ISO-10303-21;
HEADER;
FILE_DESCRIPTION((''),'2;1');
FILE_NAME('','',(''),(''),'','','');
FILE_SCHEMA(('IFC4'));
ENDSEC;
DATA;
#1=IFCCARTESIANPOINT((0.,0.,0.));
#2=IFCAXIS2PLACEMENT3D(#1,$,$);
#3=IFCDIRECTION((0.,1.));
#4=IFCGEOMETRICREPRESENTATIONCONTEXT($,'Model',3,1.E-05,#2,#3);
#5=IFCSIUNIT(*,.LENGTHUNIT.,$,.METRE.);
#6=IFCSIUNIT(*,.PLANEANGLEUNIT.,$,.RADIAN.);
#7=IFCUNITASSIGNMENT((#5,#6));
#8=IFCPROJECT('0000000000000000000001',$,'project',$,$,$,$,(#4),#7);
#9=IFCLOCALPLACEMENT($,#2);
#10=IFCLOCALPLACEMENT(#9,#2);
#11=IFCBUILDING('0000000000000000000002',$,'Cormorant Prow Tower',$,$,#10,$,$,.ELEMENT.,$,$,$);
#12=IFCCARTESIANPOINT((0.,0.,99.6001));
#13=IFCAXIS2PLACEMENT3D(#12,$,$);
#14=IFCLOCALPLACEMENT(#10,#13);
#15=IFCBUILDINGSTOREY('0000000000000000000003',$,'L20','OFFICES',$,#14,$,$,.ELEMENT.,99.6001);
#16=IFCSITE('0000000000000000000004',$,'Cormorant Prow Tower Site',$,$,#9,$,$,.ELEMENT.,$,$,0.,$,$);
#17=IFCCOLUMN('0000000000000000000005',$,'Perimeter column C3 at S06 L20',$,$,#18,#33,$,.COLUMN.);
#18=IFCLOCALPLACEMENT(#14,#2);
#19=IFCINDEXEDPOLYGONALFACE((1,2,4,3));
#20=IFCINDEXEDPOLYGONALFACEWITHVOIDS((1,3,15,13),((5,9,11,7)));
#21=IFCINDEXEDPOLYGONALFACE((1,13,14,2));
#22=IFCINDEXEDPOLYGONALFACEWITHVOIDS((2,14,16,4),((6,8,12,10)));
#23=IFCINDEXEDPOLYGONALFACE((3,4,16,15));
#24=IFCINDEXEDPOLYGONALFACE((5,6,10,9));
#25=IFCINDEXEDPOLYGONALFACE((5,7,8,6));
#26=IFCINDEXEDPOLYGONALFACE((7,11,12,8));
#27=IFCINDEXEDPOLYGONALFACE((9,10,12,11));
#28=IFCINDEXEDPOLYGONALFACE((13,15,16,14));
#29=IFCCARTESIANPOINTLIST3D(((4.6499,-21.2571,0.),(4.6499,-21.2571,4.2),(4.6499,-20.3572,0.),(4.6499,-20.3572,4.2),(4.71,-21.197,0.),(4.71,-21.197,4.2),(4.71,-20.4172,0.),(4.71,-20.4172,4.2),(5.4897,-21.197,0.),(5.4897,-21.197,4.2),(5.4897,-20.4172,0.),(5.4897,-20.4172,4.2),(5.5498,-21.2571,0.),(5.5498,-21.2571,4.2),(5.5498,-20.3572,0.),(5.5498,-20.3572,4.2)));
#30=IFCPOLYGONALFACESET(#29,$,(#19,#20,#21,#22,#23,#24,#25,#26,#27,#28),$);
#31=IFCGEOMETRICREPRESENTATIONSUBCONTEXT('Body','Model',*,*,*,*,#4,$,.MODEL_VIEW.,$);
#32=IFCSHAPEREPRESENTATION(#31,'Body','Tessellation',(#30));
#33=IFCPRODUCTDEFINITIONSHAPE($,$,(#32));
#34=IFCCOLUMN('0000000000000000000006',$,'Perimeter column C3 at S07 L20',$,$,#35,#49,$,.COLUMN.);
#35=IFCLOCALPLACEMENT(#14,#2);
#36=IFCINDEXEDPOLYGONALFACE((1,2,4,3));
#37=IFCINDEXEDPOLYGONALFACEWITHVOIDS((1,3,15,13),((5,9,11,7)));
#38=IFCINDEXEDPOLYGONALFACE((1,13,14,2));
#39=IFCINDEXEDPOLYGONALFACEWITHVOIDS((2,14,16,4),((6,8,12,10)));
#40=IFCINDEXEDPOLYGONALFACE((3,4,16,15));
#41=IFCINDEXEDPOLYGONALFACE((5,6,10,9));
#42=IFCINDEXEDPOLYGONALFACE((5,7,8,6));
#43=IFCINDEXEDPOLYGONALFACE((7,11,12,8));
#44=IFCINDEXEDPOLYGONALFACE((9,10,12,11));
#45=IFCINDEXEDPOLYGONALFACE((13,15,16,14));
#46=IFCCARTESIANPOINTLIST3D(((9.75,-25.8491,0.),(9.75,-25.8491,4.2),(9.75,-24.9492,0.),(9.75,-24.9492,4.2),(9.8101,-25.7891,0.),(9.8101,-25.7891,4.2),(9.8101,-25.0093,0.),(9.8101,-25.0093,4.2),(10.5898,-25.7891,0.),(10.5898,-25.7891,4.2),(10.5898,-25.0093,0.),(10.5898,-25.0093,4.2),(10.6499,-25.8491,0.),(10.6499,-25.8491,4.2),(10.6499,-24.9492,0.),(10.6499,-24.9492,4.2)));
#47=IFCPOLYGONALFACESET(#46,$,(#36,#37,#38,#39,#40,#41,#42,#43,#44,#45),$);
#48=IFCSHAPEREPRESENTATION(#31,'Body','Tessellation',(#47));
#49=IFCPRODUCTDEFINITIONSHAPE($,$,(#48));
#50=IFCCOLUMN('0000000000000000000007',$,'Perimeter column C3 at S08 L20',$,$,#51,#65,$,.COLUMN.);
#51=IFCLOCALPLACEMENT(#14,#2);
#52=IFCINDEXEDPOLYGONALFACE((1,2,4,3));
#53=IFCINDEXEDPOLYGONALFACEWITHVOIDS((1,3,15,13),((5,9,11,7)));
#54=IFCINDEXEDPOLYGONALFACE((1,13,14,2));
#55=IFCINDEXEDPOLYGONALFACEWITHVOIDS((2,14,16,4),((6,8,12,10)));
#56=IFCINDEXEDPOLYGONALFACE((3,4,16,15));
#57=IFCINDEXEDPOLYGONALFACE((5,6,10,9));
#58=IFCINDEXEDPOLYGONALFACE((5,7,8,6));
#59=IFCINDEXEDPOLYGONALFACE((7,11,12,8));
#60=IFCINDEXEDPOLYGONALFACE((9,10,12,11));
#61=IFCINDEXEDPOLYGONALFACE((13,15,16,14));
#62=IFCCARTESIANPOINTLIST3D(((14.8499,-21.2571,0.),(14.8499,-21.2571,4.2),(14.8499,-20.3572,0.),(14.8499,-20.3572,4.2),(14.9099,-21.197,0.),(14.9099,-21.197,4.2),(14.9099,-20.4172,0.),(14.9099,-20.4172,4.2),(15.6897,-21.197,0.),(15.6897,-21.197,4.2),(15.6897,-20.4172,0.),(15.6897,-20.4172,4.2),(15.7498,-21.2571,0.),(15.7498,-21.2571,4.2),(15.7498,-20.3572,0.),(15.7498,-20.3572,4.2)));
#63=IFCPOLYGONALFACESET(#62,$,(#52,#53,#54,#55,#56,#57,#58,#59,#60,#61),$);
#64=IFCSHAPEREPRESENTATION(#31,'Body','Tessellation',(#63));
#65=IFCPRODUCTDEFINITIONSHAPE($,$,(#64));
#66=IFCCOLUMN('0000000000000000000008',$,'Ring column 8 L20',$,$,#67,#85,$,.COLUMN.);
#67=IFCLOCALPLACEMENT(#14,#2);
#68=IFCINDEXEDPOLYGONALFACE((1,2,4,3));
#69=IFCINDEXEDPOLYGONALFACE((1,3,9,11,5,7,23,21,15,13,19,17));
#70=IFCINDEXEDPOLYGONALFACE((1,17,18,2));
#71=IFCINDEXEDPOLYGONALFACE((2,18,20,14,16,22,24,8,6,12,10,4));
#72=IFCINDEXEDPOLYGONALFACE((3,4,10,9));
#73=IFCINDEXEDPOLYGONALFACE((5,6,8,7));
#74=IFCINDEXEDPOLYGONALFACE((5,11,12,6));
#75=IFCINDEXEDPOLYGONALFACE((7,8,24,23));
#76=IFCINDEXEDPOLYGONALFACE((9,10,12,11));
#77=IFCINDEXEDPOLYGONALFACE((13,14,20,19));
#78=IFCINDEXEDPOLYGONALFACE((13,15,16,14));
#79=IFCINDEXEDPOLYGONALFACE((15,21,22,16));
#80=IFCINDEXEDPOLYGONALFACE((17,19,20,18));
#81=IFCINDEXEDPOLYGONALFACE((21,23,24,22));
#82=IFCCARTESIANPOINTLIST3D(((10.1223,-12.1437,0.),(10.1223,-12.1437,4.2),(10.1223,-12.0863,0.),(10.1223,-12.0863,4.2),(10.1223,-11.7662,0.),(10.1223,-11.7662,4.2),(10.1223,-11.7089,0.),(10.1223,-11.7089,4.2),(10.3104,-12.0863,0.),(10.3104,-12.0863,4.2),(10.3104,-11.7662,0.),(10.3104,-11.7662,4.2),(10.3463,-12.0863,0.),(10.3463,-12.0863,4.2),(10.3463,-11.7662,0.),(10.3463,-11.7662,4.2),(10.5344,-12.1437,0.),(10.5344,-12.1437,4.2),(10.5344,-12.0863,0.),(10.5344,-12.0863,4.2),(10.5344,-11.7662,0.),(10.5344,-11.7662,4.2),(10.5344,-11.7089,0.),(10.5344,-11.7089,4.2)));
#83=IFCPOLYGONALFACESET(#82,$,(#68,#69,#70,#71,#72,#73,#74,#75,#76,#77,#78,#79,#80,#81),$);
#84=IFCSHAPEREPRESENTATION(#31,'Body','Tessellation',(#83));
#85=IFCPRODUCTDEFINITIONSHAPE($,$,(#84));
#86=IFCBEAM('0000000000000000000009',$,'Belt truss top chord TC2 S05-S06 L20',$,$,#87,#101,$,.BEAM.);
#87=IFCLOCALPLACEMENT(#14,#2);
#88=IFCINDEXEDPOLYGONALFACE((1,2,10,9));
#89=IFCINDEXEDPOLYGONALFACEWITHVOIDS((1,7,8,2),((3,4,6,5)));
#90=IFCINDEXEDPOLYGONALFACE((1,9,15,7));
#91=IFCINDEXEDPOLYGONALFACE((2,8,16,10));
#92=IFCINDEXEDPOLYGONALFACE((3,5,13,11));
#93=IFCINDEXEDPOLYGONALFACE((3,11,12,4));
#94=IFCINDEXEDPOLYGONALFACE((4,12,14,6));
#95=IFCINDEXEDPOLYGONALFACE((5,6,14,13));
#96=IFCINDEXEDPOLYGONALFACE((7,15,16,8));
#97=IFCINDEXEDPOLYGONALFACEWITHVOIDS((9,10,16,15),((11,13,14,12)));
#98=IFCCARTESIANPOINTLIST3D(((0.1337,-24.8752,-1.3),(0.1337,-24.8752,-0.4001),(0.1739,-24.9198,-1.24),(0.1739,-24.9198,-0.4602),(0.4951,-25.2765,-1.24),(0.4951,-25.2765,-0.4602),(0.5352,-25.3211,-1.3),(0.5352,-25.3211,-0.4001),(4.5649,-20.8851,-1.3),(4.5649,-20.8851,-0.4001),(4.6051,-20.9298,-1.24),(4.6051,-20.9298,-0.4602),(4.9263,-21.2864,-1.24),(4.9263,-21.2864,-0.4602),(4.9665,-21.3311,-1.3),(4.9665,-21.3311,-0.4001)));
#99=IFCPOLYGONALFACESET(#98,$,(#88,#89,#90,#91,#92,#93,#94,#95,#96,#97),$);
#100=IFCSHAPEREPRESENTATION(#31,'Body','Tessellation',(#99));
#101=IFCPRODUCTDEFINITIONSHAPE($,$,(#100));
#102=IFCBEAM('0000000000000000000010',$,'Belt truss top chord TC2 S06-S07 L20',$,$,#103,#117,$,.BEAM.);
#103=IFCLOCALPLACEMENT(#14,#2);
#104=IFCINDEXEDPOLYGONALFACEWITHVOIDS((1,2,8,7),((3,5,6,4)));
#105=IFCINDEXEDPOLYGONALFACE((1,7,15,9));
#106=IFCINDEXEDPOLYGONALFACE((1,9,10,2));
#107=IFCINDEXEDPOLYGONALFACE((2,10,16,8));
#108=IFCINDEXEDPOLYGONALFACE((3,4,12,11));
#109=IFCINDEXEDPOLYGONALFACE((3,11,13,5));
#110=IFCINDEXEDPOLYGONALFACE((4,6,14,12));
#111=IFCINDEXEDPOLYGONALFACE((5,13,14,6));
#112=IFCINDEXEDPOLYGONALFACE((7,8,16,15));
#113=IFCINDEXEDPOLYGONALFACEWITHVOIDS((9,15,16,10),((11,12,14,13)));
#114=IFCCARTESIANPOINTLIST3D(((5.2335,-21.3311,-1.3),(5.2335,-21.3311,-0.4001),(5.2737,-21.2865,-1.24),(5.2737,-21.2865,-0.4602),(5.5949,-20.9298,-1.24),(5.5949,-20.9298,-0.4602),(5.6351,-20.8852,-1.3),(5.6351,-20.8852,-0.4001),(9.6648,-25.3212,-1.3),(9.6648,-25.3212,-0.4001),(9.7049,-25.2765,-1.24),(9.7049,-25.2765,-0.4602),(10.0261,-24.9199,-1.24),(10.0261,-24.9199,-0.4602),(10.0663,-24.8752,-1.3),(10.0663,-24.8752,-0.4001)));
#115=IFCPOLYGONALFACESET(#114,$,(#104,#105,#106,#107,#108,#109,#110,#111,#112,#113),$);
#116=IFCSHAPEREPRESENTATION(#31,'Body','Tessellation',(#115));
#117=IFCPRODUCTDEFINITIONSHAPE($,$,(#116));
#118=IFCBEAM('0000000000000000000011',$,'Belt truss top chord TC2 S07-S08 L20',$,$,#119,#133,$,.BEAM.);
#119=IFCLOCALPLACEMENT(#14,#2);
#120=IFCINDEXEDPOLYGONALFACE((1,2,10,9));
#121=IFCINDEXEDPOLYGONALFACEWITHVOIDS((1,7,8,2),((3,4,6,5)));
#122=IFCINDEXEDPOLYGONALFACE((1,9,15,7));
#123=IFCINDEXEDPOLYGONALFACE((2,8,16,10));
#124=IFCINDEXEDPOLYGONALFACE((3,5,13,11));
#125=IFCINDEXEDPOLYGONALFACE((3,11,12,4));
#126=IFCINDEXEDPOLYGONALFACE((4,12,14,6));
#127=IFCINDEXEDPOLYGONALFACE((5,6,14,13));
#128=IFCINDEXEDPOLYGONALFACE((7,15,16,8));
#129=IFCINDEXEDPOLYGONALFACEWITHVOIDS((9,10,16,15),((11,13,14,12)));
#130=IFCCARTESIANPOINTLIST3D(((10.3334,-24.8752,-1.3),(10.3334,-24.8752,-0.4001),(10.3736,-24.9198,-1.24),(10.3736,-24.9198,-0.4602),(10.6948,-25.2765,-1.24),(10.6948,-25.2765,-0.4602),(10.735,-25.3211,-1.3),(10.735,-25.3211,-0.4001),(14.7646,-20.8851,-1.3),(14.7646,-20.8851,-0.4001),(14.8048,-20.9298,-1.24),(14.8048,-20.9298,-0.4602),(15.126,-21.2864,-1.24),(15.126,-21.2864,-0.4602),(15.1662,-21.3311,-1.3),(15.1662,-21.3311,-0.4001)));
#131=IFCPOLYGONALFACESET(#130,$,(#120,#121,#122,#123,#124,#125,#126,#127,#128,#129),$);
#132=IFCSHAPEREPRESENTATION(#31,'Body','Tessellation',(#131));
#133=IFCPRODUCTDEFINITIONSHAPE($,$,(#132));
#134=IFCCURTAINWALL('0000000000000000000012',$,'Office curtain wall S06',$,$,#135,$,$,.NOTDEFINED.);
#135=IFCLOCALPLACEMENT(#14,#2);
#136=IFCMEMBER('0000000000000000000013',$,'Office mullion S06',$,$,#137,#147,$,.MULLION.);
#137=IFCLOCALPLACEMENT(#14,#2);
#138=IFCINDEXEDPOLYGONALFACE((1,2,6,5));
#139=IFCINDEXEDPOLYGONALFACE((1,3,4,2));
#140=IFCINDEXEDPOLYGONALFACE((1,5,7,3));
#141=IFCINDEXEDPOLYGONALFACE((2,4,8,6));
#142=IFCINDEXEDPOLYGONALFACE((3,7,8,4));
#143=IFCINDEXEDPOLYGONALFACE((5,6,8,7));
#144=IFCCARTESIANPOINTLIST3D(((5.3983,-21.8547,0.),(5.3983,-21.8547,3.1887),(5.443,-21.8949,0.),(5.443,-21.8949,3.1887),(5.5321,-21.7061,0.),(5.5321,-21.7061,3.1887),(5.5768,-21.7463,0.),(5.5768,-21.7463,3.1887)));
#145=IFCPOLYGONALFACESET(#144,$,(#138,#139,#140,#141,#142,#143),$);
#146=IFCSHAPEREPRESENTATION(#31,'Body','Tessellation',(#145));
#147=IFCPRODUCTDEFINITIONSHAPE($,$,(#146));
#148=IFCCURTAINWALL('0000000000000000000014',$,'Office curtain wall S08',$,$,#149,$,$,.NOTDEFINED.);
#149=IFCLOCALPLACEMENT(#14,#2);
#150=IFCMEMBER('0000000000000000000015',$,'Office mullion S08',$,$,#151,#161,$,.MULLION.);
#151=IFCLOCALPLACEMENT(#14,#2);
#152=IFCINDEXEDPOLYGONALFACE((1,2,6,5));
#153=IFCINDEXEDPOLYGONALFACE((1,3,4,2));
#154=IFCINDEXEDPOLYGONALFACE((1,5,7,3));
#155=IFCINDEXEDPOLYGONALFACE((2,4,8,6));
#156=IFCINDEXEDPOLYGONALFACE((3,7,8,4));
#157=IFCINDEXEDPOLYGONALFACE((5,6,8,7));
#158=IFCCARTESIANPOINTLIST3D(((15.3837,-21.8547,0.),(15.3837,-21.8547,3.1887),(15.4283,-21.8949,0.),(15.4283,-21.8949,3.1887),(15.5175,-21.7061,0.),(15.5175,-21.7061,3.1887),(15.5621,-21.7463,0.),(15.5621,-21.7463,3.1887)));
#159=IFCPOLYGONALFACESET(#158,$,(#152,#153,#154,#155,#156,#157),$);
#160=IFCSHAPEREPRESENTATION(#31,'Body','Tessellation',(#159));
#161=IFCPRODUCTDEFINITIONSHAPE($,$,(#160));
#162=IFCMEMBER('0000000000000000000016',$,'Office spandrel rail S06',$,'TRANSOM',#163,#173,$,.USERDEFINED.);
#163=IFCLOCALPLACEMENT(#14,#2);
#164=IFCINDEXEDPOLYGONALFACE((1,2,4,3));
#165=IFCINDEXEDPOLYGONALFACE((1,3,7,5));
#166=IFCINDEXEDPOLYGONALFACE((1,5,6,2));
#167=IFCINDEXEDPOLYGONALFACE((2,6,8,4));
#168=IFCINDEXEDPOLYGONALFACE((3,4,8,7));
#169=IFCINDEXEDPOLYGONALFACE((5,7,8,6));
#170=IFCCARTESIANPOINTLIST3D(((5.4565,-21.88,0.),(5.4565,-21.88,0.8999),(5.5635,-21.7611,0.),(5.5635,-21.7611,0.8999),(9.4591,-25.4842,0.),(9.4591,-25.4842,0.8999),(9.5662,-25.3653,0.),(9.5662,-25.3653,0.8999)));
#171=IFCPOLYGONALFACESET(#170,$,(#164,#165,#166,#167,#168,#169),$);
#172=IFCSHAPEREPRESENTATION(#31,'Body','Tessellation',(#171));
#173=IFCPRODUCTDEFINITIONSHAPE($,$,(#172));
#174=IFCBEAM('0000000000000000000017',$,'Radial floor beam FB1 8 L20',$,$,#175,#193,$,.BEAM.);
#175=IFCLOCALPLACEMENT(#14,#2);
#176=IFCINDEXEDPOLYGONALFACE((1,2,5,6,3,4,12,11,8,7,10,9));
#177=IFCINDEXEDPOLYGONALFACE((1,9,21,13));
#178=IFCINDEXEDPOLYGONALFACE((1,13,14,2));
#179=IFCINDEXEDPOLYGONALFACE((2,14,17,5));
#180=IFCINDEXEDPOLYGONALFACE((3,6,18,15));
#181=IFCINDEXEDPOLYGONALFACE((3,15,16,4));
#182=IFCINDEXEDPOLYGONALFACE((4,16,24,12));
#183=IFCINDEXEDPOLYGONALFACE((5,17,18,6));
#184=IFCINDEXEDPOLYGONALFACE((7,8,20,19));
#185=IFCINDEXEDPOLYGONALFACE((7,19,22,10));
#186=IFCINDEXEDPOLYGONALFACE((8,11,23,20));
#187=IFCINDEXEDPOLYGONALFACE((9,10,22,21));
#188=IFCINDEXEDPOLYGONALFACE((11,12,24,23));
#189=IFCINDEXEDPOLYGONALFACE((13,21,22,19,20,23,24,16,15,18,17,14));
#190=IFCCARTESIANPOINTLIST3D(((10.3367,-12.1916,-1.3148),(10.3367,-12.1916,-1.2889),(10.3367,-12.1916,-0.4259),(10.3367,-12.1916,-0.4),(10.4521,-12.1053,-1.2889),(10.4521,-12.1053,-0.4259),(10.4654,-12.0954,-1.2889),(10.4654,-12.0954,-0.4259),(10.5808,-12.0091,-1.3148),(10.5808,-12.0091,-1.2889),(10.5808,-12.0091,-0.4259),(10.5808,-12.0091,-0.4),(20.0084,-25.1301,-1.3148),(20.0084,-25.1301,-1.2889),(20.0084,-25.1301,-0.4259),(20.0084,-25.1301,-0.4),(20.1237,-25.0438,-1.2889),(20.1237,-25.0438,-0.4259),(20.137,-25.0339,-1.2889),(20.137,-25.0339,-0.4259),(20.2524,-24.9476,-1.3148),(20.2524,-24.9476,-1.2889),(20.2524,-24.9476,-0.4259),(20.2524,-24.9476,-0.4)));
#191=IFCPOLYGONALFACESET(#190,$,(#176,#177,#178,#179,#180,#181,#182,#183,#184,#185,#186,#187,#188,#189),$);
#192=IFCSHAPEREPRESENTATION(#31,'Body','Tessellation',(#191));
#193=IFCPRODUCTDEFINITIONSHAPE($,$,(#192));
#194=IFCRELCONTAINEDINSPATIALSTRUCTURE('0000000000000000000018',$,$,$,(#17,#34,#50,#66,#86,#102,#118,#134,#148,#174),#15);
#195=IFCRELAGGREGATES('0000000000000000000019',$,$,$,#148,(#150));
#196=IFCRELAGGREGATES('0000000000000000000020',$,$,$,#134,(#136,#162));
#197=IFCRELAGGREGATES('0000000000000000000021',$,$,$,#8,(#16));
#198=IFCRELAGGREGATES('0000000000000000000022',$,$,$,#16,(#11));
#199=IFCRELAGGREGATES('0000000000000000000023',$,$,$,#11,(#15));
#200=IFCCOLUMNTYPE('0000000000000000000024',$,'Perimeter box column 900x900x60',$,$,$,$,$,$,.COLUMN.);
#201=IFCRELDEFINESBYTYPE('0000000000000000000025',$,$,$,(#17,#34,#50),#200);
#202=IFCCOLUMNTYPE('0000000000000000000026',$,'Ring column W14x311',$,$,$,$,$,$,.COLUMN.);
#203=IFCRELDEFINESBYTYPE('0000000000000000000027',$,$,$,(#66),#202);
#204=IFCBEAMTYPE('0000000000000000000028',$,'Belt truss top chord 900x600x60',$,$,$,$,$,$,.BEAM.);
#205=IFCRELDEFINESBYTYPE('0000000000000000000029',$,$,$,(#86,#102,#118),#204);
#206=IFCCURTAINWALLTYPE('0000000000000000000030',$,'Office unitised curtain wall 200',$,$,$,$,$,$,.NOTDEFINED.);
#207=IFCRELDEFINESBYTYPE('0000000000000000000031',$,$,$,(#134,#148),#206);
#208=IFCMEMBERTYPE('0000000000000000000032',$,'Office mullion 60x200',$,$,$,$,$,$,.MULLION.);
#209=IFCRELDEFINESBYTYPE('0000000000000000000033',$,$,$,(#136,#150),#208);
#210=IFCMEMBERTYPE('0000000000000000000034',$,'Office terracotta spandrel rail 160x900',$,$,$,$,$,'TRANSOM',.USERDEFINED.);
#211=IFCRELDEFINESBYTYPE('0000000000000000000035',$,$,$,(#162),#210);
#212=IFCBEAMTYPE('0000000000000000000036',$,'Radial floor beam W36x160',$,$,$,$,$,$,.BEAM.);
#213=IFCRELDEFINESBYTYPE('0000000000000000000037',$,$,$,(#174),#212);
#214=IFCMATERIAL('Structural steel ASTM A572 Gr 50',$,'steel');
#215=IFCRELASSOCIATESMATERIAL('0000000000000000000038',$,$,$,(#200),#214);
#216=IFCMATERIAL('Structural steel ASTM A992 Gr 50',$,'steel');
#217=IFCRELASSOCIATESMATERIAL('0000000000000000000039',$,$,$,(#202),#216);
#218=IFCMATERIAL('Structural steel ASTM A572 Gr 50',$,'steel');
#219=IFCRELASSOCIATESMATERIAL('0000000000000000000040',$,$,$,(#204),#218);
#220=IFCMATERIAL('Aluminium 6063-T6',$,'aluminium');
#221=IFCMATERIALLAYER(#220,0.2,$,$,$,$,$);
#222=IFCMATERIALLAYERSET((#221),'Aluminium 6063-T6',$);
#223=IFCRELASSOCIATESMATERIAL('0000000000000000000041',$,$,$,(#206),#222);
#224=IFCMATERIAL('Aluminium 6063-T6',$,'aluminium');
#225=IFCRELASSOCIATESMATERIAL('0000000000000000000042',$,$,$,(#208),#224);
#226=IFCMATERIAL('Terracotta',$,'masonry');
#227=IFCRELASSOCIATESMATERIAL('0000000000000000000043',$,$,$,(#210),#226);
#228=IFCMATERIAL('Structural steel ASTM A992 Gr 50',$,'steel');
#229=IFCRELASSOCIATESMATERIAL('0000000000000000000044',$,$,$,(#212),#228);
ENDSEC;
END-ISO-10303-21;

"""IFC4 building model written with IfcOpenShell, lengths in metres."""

from ifc_helpers import new_model, si_unit, direction, frame, origin, origin_2d, place, context, subcontext, project, spatial, rectangle, hollow_rectangle, i_section, extrude, material, layer, layer_set, material_profile, profile_set, type_object, element, aggregate, save


model = new_model("IFC4")

# Units and contexts
model_context = context("Model", 3, precision=1e-05, world=origin(), true_north=direction((0.0, 1.0)))
body_context = subcontext(model_context, "Body", "Model", "MODEL_VIEW")
ifc_project = project(units=[si_unit("LENGTHUNIT", "METRE"), si_unit("PLANEANGLEUNIT", "RADIAN")], contexts=[model_context])

# Site, building, storey
site_placement = place(None, origin())
site = spatial("IfcSite", under=ifc_project, at=site_placement, Name="Cormorant Prow Tower Site", CompositionType="ELEMENT", RefElevation=0.0)
building_placement = place(site_placement, origin())
building = spatial("IfcBuilding", under=site, at=building_placement, Name="Cormorant Prow Tower", CompositionType="ELEMENT")
storey_placement = place(building_placement, frame((0.0, 0.0, 99.6001)))
storey = spatial("IfcBuildingStorey", under=building, at=storey_placement, Name="L20", Description="OFFICES", CompositionType="ELEMENT", Elevation=99.6001)

# Columns
ifc_material_1 = material(Name="Structural steel ASTM A572 Gr 50", Category="steel")
ifc_material_profile_1 = material_profile(ifc_material_1, hollow_rectangle(XDim=0.8999, YDim=0.8999, WallThickness=0.0601, at=origin_2d()), Name="Box 900x900x60")
ifc_profile_set_1 = profile_set([ifc_material_profile_1], Name="Structural steel ASTM A572 Gr 50")
column_type_1 = type_object("IfcColumnType", Name="Perimeter box column 900x900x60", PredefinedType="COLUMN", material=ifc_profile_set_1)
for number, where, z_axis, x_axis, name in (
    (1, (5.0999, -20.8071, 0.0), (0.0, 0.0, 1.0), (1.0, 0.0, 0.0), "Perimeter column C3 at S06 L20"),
    (2, (10.2, -25.3992, 0.0), (0.0, 0.0, 1.0), (1.0, 0.0, 0.0), "Perimeter column C3 at S07 L20"),
    (3, (15.2998, -20.8071, 0.0), (0.0, 0.0, 1.0), (1.0, 0.0, 0.0), "Perimeter column C3 at S08 L20"),
):
    element("IfcColumn", number, at=place(storey_placement, frame(where, z_axis=z_axis, x_axis=x_axis)), inside=storey, type_object=column_type_1, Name=name, PredefinedType="COLUMN", context=body_context, shape_type="SweptSolid", body=[
        extrude(hollow_rectangle(XDim=0.8999, YDim=0.8999, WallThickness=0.0601, at=origin_2d()), origin(), (0.0, 0.0, 1.0), 4.2),
    ])
ifc_material_2 = material(Name="Structural steel ASTM A992 Gr 50", Category="steel")
ifc_material_profile_2 = material_profile(ifc_material_2, i_section(OverallWidth=0.4121, OverallDepth=0.4348, WebThickness=0.0359, FlangeThickness=0.0574, at=origin_2d()), Name="W14x311")
ifc_profile_set_2 = profile_set([ifc_material_profile_2], Name="Structural steel ASTM A992 Gr 50")
column_type_2 = type_object("IfcColumnType", Name="Ring column W14x311", PredefinedType="COLUMN", material=ifc_profile_set_2)
column_placement = place(storey_placement, frame((10.3284, -11.9263, 0.0), z_axis=(0.0, 0.0, 1.0), x_axis=(1.0, 0.0, 0.0)))
element("IfcColumn", 4, at=column_placement, inside=storey, type_object=column_type_2, Name="Ring column 8 L20", PredefinedType="COLUMN", context=body_context, shape_type="SweptSolid", body=[
    extrude(i_section(OverallWidth=0.4121, OverallDepth=0.4348, WebThickness=0.0359, FlangeThickness=0.0574, at=origin_2d()), origin(), (0.0, 0.0, 1.0), 4.2),
])

# Beams
ifc_material_3 = material(Name="Structural steel ASTM A572 Gr 50", Category="steel")
ifc_material_profile_3 = material_profile(ifc_material_3, hollow_rectangle(XDim=0.6001, YDim=0.8999, WallThickness=0.0601, at=origin_2d()), Name="Box 900x600x60")
ifc_profile_set_3 = profile_set([ifc_material_profile_3], Name="Structural steel ASTM A572 Gr 50")
beam_type_1 = type_object("IfcBeamType", Name="Belt truss top chord 900x600x60", PredefinedType="BEAM", material=ifc_profile_set_3)
for number, where, z_axis, x_axis, name in (
    (5, (0.3345, -25.0981, -0.8501), (0.743131, 0.669146, 0.0), (-0.669146, 0.743131, 0.0), "Belt truss top chord TC2 S05-S06 L20"),
    (6, (5.4343, -21.1082, -0.8501), (0.743131, -0.669146, 0.0), (0.669146, 0.743131, 0.0), "Belt truss top chord TC2 S06-S07 L20"),
    (7, (10.5342, -25.0981, -0.8501), (0.743131, 0.669146, 0.0), (-0.669146, 0.743131, 0.0), "Belt truss top chord TC2 S07-S08 L20"),
):
    element("IfcBeam", number, at=place(storey_placement, frame(where, z_axis=z_axis, x_axis=x_axis)), inside=storey, type_object=beam_type_1, Name=name, PredefinedType="BEAM", context=body_context, shape_type="SweptSolid", body=[
        extrude(hollow_rectangle(XDim=0.6001, YDim=0.8999, WallThickness=0.0601, at=origin_2d()), origin(), (0.0, 0.0, 1.0), 5.9629),
    ])

# Curtain walls, members
ifc_material_4 = material(Name="Aluminium 6063-T6", Category="aluminium")
ifc_layer_1 = layer(ifc_material_4, 0.2)
ifc_layer_set_1 = layer_set([ifc_layer_1], Name="Aluminium 6063-T6")
curtain_wall_type = type_object("IfcCurtainWallType", Name="Office unitised curtain wall 200", PredefinedType="NOTDEFINED", material=ifc_layer_set_1)
curtain_wall_1_placement = place(storey_placement, origin())
curtain_wall_1 = element("IfcCurtainWall", 8, at=curtain_wall_1_placement, inside=storey, type_object=curtain_wall_type, Name="Office curtain wall S06", PredefinedType="NOTDEFINED")
ifc_material_5 = material(Name="Aluminium 6063-T6", Category="aluminium")
ifc_material_profile_4 = material_profile(ifc_material_5, rectangle(XDim=0.2, YDim=0.0601, at=origin_2d()), Name="Office mullion 60x200")
ifc_profile_set_4 = profile_set([ifc_material_profile_4], Name="Aluminium 6063-T6")
member_type_1 = type_object("IfcMemberType", Name="Office mullion 60x200", PredefinedType="MULLION", material=ifc_profile_set_4)
member_1_placement = place(storey_placement, frame((5.4875, -21.8005, 0.0), z_axis=(0.0, 0.0, 1.0), x_axis=(0.669131, 0.743145, 0.0)))
member_1 = element("IfcMember", 9, at=member_1_placement, type_object=member_type_1, Name="Office mullion S06", PredefinedType="MULLION", context=body_context, shape_type="SweptSolid", body=[
    extrude(rectangle(XDim=0.2, YDim=0.0601, at=origin_2d()), origin(), (0.0, 0.0, 1.0), 3.1887),
])
curtain_wall_2_placement = place(storey_placement, origin())
curtain_wall_2 = element("IfcCurtainWall", 10, at=curtain_wall_2_placement, inside=storey, type_object=curtain_wall_type, Name="Office curtain wall S08", PredefinedType="NOTDEFINED")
member_2_placement = place(storey_placement, frame((15.4729, -21.8005, 0.0), z_axis=(0.0, 0.0, 1.0), x_axis=(0.669131, 0.743145, 0.0)))
member_2 = element("IfcMember", 11, at=member_2_placement, type_object=member_type_1, Name="Office mullion S08", PredefinedType="MULLION", context=body_context, shape_type="SweptSolid", body=[
    extrude(rectangle(XDim=0.2, YDim=0.0601, at=origin_2d()), origin(), (0.0, 0.0, 1.0), 3.1887),
])
aggregate(curtain_wall_2, [member_2])

# Member
ifc_material_6 = material(Name="Terracotta", Category="masonry")
ifc_material_profile_5 = material_profile(ifc_material_6, rectangle(XDim=0.1599, YDim=0.8999, at=origin_2d()), Name="Office terracotta spandrel rail 160x900")
ifc_profile_set_5 = profile_set([ifc_material_profile_5], Name="Terracotta")
member_type_2 = type_object("IfcMemberType", Name="Office terracotta spandrel rail 160x900", ElementType="TRANSOM", PredefinedType="USERDEFINED", material=ifc_profile_set_5)
member_3_placement = place(storey_placement, frame((5.51, -21.8206, 0.45), z_axis=(0.743125, -0.669153, 0.0), x_axis=(0.669153, 0.743125, 0.0)))
member_3 = element("IfcMember", 12, at=member_3_placement, type_object=member_type_2, Name="Office spandrel rail S06", ObjectType="TRANSOM", PredefinedType="USERDEFINED", context=body_context, shape_type="SweptSolid", body=[
    extrude(rectangle(XDim=0.1599, YDim=0.8999, at=origin_2d()), origin(), (0.0, 0.0, 1.0), 5.3862),
])

# Beam
ifc_material_7 = material(Name="Structural steel ASTM A992 Gr 50", Category="steel")
ifc_material_profile_6 = material_profile(ifc_material_7, i_section(OverallWidth=0.3047, OverallDepth=0.9148, WebThickness=0.0166, FlangeThickness=0.0259, at=origin_2d()), Name="W36x160")
ifc_profile_set_6 = profile_set([ifc_material_profile_6], Name="Structural steel ASTM A992 Gr 50")
beam_type_2 = type_object("IfcBeamType", Name="Radial floor beam W36x160", PredefinedType="BEAM", material=ifc_profile_set_6)
beam_placement = place(storey_placement, frame((10.4587, -12.1003, -0.8574), z_axis=(0.598722, -0.800957, 0.0), x_axis=(0.800957, 0.598722, 0.0)))
element("IfcBeam", 13, at=beam_placement, inside=storey, type_object=beam_type_2, Name="Radial floor beam FB1 8 L20", PredefinedType="BEAM", context=body_context, shape_type="SweptSolid", body=[
    extrude(i_section(OverallWidth=0.3047, OverallDepth=0.9148, WebThickness=0.0166, FlangeThickness=0.0259, at=origin_2d()), origin(), (0.0, 0.0, 1.0), 16.1538),
])

aggregate(curtain_wall_1, [member_1, member_3])

save(model, "model.ifc")
